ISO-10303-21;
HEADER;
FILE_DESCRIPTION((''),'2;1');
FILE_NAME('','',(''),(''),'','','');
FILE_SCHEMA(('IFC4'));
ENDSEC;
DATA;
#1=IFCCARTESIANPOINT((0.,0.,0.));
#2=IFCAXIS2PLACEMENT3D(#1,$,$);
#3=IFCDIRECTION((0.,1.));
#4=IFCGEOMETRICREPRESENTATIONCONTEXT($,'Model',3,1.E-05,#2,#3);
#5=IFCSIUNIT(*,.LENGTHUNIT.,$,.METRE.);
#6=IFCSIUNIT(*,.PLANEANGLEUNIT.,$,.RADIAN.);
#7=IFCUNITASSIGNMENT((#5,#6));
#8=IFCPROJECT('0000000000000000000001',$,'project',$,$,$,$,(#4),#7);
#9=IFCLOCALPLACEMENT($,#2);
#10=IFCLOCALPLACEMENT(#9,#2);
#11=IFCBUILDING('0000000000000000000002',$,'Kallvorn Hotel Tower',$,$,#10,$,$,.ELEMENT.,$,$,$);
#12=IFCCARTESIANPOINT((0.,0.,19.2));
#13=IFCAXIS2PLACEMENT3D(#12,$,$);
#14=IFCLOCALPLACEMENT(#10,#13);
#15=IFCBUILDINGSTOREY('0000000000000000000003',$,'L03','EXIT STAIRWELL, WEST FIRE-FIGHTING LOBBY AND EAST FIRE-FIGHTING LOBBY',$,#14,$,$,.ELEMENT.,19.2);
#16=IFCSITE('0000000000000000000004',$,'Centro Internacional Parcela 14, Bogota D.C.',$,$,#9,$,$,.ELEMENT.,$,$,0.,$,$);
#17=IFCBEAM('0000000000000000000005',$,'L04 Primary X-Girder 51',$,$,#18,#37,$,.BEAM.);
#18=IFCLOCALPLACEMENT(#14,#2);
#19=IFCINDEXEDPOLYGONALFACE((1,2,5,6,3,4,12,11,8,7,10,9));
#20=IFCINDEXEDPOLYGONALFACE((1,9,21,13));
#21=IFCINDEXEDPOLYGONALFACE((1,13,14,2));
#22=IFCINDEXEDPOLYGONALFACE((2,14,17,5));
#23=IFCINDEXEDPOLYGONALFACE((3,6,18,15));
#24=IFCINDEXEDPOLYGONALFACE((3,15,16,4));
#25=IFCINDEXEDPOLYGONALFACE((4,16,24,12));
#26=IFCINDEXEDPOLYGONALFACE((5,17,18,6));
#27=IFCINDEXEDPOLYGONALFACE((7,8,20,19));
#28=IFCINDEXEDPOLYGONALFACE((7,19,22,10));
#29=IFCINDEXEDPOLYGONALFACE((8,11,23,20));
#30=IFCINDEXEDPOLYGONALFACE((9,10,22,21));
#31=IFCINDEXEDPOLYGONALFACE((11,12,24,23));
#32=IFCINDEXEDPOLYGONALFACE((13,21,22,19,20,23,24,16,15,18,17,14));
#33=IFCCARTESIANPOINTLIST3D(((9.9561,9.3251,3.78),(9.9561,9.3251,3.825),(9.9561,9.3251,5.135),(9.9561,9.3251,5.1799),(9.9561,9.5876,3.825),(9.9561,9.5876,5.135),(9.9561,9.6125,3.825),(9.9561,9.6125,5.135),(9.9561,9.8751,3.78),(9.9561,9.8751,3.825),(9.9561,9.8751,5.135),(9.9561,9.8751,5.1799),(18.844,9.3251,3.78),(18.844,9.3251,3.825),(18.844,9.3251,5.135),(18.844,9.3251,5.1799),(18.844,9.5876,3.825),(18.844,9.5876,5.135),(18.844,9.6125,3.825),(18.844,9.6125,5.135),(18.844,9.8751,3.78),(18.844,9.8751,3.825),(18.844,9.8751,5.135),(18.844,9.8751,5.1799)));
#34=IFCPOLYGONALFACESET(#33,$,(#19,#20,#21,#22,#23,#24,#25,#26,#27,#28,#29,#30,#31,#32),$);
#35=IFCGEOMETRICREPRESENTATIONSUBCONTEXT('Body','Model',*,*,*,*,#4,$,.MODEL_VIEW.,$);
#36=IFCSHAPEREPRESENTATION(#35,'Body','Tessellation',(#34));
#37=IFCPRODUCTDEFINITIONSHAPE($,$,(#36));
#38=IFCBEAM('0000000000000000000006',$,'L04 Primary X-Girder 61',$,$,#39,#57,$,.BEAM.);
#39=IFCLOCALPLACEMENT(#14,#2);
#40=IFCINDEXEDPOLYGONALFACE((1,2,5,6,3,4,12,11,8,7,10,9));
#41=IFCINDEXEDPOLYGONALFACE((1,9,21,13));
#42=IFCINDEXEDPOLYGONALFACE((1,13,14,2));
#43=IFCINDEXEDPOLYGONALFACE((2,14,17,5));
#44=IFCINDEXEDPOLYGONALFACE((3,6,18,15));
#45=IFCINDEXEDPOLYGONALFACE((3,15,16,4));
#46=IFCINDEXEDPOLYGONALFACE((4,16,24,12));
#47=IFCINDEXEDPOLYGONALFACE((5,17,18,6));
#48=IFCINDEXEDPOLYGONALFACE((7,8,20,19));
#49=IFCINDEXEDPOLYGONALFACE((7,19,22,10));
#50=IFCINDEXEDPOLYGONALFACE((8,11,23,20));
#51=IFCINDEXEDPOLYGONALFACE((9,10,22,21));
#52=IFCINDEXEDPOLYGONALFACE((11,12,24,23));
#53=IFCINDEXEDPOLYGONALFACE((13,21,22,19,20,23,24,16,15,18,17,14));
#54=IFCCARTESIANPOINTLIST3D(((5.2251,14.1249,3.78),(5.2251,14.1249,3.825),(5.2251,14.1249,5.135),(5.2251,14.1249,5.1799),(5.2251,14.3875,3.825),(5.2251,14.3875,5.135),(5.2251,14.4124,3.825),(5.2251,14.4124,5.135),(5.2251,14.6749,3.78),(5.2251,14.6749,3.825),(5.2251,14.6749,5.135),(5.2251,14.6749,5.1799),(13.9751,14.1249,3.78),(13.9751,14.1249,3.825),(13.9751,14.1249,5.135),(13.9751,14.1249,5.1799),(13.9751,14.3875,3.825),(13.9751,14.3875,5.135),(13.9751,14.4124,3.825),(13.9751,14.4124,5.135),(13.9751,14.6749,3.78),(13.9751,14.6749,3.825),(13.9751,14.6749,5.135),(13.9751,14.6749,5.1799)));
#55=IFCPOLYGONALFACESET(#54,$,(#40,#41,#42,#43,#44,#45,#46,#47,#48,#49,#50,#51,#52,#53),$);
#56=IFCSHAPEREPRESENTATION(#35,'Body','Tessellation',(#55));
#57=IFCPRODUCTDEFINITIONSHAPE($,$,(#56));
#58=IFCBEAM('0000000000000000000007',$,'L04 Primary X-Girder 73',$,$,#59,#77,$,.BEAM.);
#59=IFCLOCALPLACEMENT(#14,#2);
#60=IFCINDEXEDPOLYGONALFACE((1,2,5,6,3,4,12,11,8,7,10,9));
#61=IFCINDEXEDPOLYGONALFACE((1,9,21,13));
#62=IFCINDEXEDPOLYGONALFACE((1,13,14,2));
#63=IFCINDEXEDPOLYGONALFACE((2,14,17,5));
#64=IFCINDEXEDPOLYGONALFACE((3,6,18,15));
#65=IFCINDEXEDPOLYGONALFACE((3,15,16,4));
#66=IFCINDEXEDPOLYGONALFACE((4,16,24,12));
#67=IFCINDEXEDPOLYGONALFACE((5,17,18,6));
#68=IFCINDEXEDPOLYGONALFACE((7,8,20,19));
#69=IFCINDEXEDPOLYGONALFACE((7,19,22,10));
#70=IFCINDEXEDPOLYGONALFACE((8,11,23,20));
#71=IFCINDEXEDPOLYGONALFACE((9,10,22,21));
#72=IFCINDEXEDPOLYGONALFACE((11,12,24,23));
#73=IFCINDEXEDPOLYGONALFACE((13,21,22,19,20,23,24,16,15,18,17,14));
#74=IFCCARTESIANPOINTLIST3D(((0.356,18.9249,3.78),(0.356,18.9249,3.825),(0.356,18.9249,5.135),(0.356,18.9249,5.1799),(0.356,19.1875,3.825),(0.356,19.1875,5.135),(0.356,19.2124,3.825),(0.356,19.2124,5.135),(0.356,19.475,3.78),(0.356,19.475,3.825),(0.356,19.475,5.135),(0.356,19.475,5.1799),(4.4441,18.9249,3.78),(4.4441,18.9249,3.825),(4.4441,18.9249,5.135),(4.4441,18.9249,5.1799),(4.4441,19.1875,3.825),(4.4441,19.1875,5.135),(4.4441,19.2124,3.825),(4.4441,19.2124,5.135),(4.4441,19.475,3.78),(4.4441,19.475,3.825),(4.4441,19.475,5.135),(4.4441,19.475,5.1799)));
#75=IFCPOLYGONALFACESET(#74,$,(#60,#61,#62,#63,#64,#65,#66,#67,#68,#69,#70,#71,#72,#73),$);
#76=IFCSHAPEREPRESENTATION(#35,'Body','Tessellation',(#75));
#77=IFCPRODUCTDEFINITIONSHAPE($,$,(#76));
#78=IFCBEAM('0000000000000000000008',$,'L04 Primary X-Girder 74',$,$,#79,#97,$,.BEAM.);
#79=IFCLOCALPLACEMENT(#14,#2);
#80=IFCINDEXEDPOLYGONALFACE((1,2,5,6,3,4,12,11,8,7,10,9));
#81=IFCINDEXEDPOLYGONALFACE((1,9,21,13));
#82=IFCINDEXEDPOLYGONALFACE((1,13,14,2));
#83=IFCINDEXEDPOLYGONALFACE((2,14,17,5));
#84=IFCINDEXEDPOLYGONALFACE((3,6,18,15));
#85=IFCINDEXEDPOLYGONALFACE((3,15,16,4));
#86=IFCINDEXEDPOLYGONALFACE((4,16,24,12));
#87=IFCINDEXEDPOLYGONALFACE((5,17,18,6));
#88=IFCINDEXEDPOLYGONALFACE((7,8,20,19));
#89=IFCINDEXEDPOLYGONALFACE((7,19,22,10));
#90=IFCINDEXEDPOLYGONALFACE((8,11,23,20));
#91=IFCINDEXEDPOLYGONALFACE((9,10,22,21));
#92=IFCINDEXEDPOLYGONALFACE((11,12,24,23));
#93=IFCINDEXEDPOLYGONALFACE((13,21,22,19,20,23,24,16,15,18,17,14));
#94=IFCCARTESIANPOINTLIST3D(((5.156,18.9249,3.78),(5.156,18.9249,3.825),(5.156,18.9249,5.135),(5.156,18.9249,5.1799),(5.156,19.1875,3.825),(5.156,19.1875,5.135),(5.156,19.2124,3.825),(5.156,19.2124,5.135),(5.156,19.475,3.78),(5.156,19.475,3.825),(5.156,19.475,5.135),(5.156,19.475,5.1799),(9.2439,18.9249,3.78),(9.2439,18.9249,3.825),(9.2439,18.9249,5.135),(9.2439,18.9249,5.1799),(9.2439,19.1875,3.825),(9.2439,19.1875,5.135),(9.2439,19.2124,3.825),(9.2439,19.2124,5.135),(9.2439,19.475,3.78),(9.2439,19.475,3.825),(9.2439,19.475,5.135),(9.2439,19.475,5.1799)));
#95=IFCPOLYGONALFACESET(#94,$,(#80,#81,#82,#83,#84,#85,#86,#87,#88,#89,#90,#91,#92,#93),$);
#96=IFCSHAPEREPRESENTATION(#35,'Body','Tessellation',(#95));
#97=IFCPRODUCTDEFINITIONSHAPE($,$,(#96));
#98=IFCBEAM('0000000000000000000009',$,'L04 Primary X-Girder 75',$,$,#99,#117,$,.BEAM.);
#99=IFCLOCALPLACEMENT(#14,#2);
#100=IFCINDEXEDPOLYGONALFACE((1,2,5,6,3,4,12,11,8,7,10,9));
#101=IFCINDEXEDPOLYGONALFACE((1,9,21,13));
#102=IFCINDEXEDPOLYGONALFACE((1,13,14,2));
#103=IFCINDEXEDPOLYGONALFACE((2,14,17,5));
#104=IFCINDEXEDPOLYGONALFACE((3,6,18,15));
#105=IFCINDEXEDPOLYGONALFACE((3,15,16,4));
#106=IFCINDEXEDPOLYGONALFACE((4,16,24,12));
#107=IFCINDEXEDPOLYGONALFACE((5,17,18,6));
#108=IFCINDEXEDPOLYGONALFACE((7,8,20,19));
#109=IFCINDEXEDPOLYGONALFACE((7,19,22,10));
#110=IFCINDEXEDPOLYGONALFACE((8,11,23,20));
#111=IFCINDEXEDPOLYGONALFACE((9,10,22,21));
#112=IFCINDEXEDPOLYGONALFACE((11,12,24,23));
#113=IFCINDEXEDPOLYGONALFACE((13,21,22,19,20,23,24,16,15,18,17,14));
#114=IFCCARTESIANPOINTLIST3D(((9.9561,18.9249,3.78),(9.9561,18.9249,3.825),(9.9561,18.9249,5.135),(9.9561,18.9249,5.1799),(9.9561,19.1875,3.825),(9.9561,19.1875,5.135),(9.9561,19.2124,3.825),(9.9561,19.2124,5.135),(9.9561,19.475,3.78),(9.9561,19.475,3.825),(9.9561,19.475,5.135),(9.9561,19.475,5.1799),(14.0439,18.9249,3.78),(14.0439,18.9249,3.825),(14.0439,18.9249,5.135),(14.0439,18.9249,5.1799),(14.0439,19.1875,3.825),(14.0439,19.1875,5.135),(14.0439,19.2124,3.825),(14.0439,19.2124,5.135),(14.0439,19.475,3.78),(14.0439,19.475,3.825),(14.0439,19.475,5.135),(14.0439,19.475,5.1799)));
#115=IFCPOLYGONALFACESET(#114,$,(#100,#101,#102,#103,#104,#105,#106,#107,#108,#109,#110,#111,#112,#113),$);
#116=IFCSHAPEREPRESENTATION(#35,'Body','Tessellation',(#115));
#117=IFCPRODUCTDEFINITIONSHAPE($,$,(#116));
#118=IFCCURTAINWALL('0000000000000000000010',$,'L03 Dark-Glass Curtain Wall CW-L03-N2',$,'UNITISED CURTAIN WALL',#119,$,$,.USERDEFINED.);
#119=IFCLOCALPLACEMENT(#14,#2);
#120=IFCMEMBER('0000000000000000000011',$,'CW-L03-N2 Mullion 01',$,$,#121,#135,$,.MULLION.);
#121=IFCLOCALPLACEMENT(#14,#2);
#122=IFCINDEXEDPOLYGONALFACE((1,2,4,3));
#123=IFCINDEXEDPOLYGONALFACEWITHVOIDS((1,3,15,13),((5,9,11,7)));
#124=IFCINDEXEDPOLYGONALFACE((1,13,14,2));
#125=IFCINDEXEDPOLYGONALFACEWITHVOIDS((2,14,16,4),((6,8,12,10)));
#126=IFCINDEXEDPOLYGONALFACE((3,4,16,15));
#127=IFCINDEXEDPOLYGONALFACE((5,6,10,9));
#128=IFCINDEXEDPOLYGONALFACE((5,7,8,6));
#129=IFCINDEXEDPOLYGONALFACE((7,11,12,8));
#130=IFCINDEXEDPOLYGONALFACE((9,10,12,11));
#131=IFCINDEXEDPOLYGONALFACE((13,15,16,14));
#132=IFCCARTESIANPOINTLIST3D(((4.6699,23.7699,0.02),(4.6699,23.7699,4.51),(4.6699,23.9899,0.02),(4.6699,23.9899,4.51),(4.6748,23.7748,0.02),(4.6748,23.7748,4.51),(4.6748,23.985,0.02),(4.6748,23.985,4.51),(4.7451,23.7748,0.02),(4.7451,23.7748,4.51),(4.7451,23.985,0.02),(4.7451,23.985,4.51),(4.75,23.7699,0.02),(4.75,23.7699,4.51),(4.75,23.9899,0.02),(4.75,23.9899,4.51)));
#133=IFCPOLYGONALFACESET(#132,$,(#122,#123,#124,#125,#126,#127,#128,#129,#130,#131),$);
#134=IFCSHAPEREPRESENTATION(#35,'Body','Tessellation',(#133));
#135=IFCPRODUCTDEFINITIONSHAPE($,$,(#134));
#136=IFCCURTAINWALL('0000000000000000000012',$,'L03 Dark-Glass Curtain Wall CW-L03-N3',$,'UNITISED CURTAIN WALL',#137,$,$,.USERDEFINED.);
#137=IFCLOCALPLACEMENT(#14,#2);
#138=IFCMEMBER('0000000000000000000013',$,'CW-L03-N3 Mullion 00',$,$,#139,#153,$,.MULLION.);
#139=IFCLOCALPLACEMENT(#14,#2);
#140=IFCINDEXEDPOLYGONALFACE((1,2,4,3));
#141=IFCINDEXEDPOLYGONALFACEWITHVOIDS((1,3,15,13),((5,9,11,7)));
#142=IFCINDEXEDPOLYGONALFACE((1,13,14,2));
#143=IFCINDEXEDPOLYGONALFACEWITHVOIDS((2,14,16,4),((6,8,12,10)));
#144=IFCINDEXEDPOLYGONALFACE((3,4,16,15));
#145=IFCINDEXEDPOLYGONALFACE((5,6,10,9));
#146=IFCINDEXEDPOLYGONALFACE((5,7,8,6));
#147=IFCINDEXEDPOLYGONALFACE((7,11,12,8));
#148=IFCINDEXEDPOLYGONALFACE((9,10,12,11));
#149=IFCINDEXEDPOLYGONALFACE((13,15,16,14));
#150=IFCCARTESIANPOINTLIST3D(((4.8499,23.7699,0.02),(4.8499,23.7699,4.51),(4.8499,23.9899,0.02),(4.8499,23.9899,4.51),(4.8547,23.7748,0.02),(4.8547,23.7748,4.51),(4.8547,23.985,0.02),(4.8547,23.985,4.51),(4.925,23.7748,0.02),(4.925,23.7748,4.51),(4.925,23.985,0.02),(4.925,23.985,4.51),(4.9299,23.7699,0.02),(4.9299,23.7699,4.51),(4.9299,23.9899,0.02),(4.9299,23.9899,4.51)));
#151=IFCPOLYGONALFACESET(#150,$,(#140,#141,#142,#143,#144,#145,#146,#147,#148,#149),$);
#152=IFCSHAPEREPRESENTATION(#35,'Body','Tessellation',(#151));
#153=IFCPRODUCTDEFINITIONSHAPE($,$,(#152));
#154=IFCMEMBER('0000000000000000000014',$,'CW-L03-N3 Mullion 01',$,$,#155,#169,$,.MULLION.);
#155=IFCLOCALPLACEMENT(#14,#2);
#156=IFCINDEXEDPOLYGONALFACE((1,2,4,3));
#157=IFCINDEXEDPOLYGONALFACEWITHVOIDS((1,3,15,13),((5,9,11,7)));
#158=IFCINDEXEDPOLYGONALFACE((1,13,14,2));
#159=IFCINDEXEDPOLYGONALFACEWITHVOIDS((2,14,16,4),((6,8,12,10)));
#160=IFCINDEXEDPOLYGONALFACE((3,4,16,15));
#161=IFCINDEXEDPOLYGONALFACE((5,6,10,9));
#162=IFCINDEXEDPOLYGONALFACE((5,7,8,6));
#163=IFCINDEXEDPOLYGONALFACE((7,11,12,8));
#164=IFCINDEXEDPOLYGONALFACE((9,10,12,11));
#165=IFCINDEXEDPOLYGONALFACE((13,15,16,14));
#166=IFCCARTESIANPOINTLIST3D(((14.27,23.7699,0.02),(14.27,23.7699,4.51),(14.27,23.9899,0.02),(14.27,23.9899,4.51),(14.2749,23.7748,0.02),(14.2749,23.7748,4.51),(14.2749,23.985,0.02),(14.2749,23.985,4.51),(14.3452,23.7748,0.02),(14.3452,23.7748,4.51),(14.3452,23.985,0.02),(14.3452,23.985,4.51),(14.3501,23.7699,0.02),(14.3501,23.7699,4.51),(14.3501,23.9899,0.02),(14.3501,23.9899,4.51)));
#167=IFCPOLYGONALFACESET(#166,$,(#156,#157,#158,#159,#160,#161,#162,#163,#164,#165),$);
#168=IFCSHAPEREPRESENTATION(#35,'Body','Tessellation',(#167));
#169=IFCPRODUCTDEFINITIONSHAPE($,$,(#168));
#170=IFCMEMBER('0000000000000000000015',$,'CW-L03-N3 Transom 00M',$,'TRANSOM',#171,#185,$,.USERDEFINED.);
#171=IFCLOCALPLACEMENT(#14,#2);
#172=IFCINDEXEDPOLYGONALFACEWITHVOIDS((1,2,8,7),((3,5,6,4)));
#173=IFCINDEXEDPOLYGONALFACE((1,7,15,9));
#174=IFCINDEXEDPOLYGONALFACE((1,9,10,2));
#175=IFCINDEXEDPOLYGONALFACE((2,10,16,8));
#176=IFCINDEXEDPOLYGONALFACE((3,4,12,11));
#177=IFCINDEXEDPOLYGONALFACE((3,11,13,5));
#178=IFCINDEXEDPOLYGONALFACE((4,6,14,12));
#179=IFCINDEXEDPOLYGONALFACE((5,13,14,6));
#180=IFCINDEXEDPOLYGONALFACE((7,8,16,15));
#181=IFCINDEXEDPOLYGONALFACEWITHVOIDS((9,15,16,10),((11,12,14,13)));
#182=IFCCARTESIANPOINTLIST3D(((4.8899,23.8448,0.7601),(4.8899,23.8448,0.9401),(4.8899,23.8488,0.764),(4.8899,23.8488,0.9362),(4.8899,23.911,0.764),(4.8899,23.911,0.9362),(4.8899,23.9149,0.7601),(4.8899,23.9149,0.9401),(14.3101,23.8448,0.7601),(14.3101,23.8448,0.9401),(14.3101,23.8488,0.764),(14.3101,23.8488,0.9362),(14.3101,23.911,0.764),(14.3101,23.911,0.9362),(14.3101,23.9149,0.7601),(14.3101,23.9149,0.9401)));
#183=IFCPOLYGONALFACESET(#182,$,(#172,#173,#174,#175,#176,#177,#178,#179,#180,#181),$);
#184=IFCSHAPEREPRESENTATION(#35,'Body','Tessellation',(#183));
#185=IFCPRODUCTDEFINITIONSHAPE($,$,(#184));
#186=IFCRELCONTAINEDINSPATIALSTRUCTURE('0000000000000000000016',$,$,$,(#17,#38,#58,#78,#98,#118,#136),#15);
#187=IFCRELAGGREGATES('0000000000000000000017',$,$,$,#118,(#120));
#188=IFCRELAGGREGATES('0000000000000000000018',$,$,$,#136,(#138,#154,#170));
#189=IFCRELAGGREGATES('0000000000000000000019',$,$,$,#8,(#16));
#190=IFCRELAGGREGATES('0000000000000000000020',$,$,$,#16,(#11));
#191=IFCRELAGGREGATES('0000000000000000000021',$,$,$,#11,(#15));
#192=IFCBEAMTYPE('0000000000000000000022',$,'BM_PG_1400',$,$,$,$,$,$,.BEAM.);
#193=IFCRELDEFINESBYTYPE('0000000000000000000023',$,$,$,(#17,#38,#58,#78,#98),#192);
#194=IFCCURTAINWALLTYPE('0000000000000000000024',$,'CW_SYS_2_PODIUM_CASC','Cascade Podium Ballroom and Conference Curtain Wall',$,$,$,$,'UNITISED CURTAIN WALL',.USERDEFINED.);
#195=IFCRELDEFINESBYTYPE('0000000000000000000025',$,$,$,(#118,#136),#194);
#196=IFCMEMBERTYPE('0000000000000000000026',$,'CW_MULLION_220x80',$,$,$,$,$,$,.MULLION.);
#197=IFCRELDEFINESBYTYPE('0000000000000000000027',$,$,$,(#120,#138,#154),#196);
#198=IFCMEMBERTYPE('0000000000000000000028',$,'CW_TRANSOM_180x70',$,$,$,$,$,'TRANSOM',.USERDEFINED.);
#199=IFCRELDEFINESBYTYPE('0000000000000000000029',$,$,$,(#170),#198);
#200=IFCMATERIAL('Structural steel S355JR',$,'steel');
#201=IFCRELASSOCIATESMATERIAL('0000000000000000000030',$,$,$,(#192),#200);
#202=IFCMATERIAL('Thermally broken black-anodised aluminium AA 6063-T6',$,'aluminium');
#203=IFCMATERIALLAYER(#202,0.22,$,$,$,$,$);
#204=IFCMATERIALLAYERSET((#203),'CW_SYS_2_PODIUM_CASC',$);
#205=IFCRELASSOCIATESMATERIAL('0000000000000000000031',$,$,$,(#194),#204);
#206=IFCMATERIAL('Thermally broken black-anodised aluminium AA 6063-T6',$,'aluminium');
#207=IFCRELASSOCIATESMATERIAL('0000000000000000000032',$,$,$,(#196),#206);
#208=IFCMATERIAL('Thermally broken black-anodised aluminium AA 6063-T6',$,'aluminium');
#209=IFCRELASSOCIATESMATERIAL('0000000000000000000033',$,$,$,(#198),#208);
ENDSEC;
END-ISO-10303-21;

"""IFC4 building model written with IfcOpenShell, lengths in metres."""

from ifc_helpers import new_model, si_unit, direction, frame, origin, origin_2d, place, context, subcontext, project, spatial, hollow_rectangle, i_section, extrude, material, layer, layer_set, material_profile, profile_set, type_object, element, aggregate, save


model = new_model("IFC4")

# Units and contexts
model_context = context("Model", 3, precision=1e-05, world=origin(), true_north=direction((0.0, 1.0)))
body_context = subcontext(model_context, "Body", "Model", "MODEL_VIEW")
ifc_project = project(units=[si_unit("LENGTHUNIT", "METRE"), si_unit("PLANEANGLEUNIT", "RADIAN")], contexts=[model_context])

# Site, building, storey
site_placement = place(None, origin())
site = spatial("IfcSite", under=ifc_project, at=site_placement, Name="Centro Internacional Parcela 14, Bogota D.C.", CompositionType="ELEMENT", RefElevation=0.0)
building_placement = place(site_placement, origin())
building = spatial("IfcBuilding", under=site, at=building_placement, Name="Kallvorn Hotel Tower", CompositionType="ELEMENT")
storey_placement = place(building_placement, frame((0.0, 0.0, 19.2)))
storey = spatial("IfcBuildingStorey", under=building, at=storey_placement, Name="L03", Description="EXIT STAIRWELL, WEST FIRE-FIGHTING LOBBY AND EAST FIRE-FIGHTING LOBBY", CompositionType="ELEMENT", Elevation=19.2)

# Beams
ifc_material_1 = material(Name="Structural steel S355JR", Category="steel")
ifc_material_profile_1 = material_profile(ifc_material_1, i_section(OverallWidth=0.55, OverallDepth=1.3999, WebThickness=0.0249, FlangeThickness=0.0449, at=origin_2d()), Name="PG 1400x550x25x45")
ifc_profile_set_1 = profile_set([ifc_material_profile_1], Name="Structural steel S355JR")
beam_type_1 = type_object("IfcBeamType", Name="BM_PG_1400", PredefinedType="BEAM", material=ifc_profile_set_1)
for number, where, z_axis, x_axis, name in (
    (1, (9.9561, 9.6001, 4.48), (1.0, 0.0, 0.0), (0.0, 1.0, 0.0), "L04 Primary X-Girder 51"),
):
    element("IfcBeam", number, at=place(storey_placement, frame(where, z_axis=z_axis, x_axis=x_axis)), inside=storey, type_object=beam_type_1, Name=name, PredefinedType="BEAM", context=body_context, shape_type="SweptSolid", body=[
        extrude(i_section(OverallWidth=0.55, OverallDepth=1.3999, WebThickness=0.0249, FlangeThickness=0.0449, at=origin_2d()), origin(), (0.0, 0.0, 1.0), 8.8879),
    ])
beam_1_placement = place(storey_placement, frame((5.2251, 14.3999, 4.48), z_axis=(1.0, 0.0, 0.0), x_axis=(0.0, 1.0, 0.0)))
element("IfcBeam", 2, at=beam_1_placement, inside=storey, type_object=beam_type_1, Name="L04 Primary X-Girder 61", PredefinedType="BEAM", context=body_context, shape_type="SweptSolid", body=[
    extrude(i_section(OverallWidth=0.55, OverallDepth=1.3999, WebThickness=0.0249, FlangeThickness=0.0449, at=origin_2d()), origin(), (0.0, 0.0, 1.0), 8.75),
])
beam_2_placement = place(storey_placement, frame((0.356, 19.2, 4.48), z_axis=(1.0, 0.0, 0.0), x_axis=(0.0, 1.0, 0.0)))
element("IfcBeam", 3, at=beam_2_placement, inside=storey, type_object=beam_type_1, Name="L04 Primary X-Girder 73", PredefinedType="BEAM", context=body_context, shape_type="SweptSolid", body=[
    extrude(i_section(OverallWidth=0.55, OverallDepth=1.3999, WebThickness=0.0249, FlangeThickness=0.0449, at=origin_2d()), origin(), (0.0, 0.0, 1.0), 4.0881),
])
for number, where, z_axis, x_axis, name in (
    (4, (5.156, 19.2, 4.48), (1.0, 0.0, 0.0), (0.0, 1.0, 0.0), "L04 Primary X-Girder 74"),
    (5, (9.9561, 19.2, 4.48), (1.0, 0.0, 0.0), (0.0, 1.0, 0.0), "L04 Primary X-Girder 75"),
):
    element("IfcBeam", number, at=place(storey_placement, frame(where, z_axis=z_axis, x_axis=x_axis)), inside=storey, type_object=beam_type_1, Name=name, PredefinedType="BEAM", context=body_context, shape_type="SweptSolid", body=[
        extrude(i_section(OverallWidth=0.55, OverallDepth=1.3999, WebThickness=0.0249, FlangeThickness=0.0449, at=origin_2d()), origin(), (0.0, 0.0, 1.0), 4.0879),
    ])

# Curtain wall, member
ifc_material_2 = material(Name="Thermally broken black-anodised aluminium AA 6063-T6", Category="aluminium")
ifc_layer_1 = layer(ifc_material_2, 0.22)
ifc_layer_set_1 = layer_set([ifc_layer_1], Name="CW_SYS_2_PODIUM_CASC")
curtain_wall_type = type_object("IfcCurtainWallType", Name="CW_SYS_2_PODIUM_CASC", Description="Cascade Podium Ballroom and Conference Curtain Wall", ElementType="UNITISED CURTAIN WALL", PredefinedType="USERDEFINED", material=ifc_layer_set_1)
curtain_wall_1_placement = place(storey_placement, origin())
curtain_wall_1 = element("IfcCurtainWall", 6, at=curtain_wall_1_placement, inside=storey, type_object=curtain_wall_type, Name="L03 Dark-Glass Curtain Wall CW-L03-N2", ObjectType="UNITISED CURTAIN WALL", PredefinedType="USERDEFINED")
ifc_material_3 = material(Name="Thermally broken black-anodised aluminium AA 6063-T6", Category="aluminium")
ifc_material_profile_2 = material_profile(ifc_material_3, hollow_rectangle(XDim=0.0801, YDim=0.22, WallThickness=0.0049, at=origin_2d()), Name="MUL 220x80")
ifc_profile_set_2 = profile_set([ifc_material_profile_2], Name="Thermally broken black-anodised aluminium AA 6063-T6")
member_type_1 = type_object("IfcMemberType", Name="CW_MULLION_220x80", PredefinedType="MULLION", material=ifc_profile_set_2)
member_1_placement = place(storey_placement, frame((4.71, 23.8799, 0.02), z_axis=(0.0, 0.0, 1.0), x_axis=(1.0, 0.0, 0.0)))
member_1 = element("IfcMember", 7, at=member_1_placement, type_object=member_type_1, Name="CW-L03-N2 Mullion 01", PredefinedType="MULLION", context=body_context, shape_type="SweptSolid", body=[
    extrude(hollow_rectangle(XDim=0.0801, YDim=0.22, WallThickness=0.0049, at=origin_2d()), origin(), (0.0, 0.0, 1.0), 4.49),
])

# Curtain wall, members
curtain_wall_2_placement = place(storey_placement, origin())
curtain_wall_2 = element("IfcCurtainWall", 8, at=curtain_wall_2_placement, inside=storey, type_object=curtain_wall_type, Name="L03 Dark-Glass Curtain Wall CW-L03-N3", ObjectType="UNITISED CURTAIN WALL", PredefinedType="USERDEFINED")
member_2_placement = place(storey_placement, frame((4.8899, 23.8799, 0.02), z_axis=(0.0, 0.0, 1.0), x_axis=(1.0, 0.0, 0.0)))
member_2 = element("IfcMember", 9, at=member_2_placement, type_object=member_type_1, Name="CW-L03-N3 Mullion 00", PredefinedType="MULLION", context=body_context, shape_type="SweptSolid", body=[
    extrude(hollow_rectangle(XDim=0.0801, YDim=0.22, WallThickness=0.0049, at=origin_2d()), origin(), (0.0, 0.0, 1.0), 4.49),
])
member_3_placement = place(storey_placement, frame((14.3101, 23.8799, 0.02), z_axis=(0.0, 0.0, 1.0), x_axis=(1.0, 0.0, 0.0)))
member_3 = element("IfcMember", 10, at=member_3_placement, type_object=member_type_1, Name="CW-L03-N3 Mullion 01", PredefinedType="MULLION", context=body_context, shape_type="SweptSolid", body=[
    extrude(hollow_rectangle(XDim=0.0801, YDim=0.22, WallThickness=0.0049, at=origin_2d()), origin(), (0.0, 0.0, 1.0), 4.49),
])
ifc_material_4 = material(Name="Thermally broken black-anodised aluminium AA 6063-T6", Category="aluminium")
ifc_material_profile_3 = material_profile(ifc_material_4, hollow_rectangle(XDim=0.0701, YDim=0.1799, WallThickness=0.0039, at=origin_2d()), Name="TRN 180x70")
ifc_profile_set_3 = profile_set([ifc_material_profile_3], Name="Thermally broken black-anodised aluminium AA 6063-T6")
member_type_2 = type_object("IfcMemberType", Name="CW_TRANSOM_180x70", ElementType="TRANSOM", PredefinedType="USERDEFINED", material=ifc_profile_set_3)
member_4_placement = place(storey_placement, frame((4.8899, 23.8799, 0.8501), z_axis=(1.0, 0.0, 0.0), x_axis=(0.0, 1.0, 0.0)))
member_4 = element("IfcMember", 11, at=member_4_placement, type_object=member_type_2, Name="CW-L03-N3 Transom 00M", ObjectType="TRANSOM", PredefinedType="USERDEFINED", context=body_context, shape_type="SweptSolid", body=[
    extrude(hollow_rectangle(XDim=0.0701, YDim=0.1799, WallThickness=0.0039, at=origin_2d()), origin(), (0.0, 0.0, 1.0), 9.4202),
])

aggregate(curtain_wall_1, [member_1])
aggregate(curtain_wall_2, [member_2, member_3, member_4])

save(model, "model.ifc")
